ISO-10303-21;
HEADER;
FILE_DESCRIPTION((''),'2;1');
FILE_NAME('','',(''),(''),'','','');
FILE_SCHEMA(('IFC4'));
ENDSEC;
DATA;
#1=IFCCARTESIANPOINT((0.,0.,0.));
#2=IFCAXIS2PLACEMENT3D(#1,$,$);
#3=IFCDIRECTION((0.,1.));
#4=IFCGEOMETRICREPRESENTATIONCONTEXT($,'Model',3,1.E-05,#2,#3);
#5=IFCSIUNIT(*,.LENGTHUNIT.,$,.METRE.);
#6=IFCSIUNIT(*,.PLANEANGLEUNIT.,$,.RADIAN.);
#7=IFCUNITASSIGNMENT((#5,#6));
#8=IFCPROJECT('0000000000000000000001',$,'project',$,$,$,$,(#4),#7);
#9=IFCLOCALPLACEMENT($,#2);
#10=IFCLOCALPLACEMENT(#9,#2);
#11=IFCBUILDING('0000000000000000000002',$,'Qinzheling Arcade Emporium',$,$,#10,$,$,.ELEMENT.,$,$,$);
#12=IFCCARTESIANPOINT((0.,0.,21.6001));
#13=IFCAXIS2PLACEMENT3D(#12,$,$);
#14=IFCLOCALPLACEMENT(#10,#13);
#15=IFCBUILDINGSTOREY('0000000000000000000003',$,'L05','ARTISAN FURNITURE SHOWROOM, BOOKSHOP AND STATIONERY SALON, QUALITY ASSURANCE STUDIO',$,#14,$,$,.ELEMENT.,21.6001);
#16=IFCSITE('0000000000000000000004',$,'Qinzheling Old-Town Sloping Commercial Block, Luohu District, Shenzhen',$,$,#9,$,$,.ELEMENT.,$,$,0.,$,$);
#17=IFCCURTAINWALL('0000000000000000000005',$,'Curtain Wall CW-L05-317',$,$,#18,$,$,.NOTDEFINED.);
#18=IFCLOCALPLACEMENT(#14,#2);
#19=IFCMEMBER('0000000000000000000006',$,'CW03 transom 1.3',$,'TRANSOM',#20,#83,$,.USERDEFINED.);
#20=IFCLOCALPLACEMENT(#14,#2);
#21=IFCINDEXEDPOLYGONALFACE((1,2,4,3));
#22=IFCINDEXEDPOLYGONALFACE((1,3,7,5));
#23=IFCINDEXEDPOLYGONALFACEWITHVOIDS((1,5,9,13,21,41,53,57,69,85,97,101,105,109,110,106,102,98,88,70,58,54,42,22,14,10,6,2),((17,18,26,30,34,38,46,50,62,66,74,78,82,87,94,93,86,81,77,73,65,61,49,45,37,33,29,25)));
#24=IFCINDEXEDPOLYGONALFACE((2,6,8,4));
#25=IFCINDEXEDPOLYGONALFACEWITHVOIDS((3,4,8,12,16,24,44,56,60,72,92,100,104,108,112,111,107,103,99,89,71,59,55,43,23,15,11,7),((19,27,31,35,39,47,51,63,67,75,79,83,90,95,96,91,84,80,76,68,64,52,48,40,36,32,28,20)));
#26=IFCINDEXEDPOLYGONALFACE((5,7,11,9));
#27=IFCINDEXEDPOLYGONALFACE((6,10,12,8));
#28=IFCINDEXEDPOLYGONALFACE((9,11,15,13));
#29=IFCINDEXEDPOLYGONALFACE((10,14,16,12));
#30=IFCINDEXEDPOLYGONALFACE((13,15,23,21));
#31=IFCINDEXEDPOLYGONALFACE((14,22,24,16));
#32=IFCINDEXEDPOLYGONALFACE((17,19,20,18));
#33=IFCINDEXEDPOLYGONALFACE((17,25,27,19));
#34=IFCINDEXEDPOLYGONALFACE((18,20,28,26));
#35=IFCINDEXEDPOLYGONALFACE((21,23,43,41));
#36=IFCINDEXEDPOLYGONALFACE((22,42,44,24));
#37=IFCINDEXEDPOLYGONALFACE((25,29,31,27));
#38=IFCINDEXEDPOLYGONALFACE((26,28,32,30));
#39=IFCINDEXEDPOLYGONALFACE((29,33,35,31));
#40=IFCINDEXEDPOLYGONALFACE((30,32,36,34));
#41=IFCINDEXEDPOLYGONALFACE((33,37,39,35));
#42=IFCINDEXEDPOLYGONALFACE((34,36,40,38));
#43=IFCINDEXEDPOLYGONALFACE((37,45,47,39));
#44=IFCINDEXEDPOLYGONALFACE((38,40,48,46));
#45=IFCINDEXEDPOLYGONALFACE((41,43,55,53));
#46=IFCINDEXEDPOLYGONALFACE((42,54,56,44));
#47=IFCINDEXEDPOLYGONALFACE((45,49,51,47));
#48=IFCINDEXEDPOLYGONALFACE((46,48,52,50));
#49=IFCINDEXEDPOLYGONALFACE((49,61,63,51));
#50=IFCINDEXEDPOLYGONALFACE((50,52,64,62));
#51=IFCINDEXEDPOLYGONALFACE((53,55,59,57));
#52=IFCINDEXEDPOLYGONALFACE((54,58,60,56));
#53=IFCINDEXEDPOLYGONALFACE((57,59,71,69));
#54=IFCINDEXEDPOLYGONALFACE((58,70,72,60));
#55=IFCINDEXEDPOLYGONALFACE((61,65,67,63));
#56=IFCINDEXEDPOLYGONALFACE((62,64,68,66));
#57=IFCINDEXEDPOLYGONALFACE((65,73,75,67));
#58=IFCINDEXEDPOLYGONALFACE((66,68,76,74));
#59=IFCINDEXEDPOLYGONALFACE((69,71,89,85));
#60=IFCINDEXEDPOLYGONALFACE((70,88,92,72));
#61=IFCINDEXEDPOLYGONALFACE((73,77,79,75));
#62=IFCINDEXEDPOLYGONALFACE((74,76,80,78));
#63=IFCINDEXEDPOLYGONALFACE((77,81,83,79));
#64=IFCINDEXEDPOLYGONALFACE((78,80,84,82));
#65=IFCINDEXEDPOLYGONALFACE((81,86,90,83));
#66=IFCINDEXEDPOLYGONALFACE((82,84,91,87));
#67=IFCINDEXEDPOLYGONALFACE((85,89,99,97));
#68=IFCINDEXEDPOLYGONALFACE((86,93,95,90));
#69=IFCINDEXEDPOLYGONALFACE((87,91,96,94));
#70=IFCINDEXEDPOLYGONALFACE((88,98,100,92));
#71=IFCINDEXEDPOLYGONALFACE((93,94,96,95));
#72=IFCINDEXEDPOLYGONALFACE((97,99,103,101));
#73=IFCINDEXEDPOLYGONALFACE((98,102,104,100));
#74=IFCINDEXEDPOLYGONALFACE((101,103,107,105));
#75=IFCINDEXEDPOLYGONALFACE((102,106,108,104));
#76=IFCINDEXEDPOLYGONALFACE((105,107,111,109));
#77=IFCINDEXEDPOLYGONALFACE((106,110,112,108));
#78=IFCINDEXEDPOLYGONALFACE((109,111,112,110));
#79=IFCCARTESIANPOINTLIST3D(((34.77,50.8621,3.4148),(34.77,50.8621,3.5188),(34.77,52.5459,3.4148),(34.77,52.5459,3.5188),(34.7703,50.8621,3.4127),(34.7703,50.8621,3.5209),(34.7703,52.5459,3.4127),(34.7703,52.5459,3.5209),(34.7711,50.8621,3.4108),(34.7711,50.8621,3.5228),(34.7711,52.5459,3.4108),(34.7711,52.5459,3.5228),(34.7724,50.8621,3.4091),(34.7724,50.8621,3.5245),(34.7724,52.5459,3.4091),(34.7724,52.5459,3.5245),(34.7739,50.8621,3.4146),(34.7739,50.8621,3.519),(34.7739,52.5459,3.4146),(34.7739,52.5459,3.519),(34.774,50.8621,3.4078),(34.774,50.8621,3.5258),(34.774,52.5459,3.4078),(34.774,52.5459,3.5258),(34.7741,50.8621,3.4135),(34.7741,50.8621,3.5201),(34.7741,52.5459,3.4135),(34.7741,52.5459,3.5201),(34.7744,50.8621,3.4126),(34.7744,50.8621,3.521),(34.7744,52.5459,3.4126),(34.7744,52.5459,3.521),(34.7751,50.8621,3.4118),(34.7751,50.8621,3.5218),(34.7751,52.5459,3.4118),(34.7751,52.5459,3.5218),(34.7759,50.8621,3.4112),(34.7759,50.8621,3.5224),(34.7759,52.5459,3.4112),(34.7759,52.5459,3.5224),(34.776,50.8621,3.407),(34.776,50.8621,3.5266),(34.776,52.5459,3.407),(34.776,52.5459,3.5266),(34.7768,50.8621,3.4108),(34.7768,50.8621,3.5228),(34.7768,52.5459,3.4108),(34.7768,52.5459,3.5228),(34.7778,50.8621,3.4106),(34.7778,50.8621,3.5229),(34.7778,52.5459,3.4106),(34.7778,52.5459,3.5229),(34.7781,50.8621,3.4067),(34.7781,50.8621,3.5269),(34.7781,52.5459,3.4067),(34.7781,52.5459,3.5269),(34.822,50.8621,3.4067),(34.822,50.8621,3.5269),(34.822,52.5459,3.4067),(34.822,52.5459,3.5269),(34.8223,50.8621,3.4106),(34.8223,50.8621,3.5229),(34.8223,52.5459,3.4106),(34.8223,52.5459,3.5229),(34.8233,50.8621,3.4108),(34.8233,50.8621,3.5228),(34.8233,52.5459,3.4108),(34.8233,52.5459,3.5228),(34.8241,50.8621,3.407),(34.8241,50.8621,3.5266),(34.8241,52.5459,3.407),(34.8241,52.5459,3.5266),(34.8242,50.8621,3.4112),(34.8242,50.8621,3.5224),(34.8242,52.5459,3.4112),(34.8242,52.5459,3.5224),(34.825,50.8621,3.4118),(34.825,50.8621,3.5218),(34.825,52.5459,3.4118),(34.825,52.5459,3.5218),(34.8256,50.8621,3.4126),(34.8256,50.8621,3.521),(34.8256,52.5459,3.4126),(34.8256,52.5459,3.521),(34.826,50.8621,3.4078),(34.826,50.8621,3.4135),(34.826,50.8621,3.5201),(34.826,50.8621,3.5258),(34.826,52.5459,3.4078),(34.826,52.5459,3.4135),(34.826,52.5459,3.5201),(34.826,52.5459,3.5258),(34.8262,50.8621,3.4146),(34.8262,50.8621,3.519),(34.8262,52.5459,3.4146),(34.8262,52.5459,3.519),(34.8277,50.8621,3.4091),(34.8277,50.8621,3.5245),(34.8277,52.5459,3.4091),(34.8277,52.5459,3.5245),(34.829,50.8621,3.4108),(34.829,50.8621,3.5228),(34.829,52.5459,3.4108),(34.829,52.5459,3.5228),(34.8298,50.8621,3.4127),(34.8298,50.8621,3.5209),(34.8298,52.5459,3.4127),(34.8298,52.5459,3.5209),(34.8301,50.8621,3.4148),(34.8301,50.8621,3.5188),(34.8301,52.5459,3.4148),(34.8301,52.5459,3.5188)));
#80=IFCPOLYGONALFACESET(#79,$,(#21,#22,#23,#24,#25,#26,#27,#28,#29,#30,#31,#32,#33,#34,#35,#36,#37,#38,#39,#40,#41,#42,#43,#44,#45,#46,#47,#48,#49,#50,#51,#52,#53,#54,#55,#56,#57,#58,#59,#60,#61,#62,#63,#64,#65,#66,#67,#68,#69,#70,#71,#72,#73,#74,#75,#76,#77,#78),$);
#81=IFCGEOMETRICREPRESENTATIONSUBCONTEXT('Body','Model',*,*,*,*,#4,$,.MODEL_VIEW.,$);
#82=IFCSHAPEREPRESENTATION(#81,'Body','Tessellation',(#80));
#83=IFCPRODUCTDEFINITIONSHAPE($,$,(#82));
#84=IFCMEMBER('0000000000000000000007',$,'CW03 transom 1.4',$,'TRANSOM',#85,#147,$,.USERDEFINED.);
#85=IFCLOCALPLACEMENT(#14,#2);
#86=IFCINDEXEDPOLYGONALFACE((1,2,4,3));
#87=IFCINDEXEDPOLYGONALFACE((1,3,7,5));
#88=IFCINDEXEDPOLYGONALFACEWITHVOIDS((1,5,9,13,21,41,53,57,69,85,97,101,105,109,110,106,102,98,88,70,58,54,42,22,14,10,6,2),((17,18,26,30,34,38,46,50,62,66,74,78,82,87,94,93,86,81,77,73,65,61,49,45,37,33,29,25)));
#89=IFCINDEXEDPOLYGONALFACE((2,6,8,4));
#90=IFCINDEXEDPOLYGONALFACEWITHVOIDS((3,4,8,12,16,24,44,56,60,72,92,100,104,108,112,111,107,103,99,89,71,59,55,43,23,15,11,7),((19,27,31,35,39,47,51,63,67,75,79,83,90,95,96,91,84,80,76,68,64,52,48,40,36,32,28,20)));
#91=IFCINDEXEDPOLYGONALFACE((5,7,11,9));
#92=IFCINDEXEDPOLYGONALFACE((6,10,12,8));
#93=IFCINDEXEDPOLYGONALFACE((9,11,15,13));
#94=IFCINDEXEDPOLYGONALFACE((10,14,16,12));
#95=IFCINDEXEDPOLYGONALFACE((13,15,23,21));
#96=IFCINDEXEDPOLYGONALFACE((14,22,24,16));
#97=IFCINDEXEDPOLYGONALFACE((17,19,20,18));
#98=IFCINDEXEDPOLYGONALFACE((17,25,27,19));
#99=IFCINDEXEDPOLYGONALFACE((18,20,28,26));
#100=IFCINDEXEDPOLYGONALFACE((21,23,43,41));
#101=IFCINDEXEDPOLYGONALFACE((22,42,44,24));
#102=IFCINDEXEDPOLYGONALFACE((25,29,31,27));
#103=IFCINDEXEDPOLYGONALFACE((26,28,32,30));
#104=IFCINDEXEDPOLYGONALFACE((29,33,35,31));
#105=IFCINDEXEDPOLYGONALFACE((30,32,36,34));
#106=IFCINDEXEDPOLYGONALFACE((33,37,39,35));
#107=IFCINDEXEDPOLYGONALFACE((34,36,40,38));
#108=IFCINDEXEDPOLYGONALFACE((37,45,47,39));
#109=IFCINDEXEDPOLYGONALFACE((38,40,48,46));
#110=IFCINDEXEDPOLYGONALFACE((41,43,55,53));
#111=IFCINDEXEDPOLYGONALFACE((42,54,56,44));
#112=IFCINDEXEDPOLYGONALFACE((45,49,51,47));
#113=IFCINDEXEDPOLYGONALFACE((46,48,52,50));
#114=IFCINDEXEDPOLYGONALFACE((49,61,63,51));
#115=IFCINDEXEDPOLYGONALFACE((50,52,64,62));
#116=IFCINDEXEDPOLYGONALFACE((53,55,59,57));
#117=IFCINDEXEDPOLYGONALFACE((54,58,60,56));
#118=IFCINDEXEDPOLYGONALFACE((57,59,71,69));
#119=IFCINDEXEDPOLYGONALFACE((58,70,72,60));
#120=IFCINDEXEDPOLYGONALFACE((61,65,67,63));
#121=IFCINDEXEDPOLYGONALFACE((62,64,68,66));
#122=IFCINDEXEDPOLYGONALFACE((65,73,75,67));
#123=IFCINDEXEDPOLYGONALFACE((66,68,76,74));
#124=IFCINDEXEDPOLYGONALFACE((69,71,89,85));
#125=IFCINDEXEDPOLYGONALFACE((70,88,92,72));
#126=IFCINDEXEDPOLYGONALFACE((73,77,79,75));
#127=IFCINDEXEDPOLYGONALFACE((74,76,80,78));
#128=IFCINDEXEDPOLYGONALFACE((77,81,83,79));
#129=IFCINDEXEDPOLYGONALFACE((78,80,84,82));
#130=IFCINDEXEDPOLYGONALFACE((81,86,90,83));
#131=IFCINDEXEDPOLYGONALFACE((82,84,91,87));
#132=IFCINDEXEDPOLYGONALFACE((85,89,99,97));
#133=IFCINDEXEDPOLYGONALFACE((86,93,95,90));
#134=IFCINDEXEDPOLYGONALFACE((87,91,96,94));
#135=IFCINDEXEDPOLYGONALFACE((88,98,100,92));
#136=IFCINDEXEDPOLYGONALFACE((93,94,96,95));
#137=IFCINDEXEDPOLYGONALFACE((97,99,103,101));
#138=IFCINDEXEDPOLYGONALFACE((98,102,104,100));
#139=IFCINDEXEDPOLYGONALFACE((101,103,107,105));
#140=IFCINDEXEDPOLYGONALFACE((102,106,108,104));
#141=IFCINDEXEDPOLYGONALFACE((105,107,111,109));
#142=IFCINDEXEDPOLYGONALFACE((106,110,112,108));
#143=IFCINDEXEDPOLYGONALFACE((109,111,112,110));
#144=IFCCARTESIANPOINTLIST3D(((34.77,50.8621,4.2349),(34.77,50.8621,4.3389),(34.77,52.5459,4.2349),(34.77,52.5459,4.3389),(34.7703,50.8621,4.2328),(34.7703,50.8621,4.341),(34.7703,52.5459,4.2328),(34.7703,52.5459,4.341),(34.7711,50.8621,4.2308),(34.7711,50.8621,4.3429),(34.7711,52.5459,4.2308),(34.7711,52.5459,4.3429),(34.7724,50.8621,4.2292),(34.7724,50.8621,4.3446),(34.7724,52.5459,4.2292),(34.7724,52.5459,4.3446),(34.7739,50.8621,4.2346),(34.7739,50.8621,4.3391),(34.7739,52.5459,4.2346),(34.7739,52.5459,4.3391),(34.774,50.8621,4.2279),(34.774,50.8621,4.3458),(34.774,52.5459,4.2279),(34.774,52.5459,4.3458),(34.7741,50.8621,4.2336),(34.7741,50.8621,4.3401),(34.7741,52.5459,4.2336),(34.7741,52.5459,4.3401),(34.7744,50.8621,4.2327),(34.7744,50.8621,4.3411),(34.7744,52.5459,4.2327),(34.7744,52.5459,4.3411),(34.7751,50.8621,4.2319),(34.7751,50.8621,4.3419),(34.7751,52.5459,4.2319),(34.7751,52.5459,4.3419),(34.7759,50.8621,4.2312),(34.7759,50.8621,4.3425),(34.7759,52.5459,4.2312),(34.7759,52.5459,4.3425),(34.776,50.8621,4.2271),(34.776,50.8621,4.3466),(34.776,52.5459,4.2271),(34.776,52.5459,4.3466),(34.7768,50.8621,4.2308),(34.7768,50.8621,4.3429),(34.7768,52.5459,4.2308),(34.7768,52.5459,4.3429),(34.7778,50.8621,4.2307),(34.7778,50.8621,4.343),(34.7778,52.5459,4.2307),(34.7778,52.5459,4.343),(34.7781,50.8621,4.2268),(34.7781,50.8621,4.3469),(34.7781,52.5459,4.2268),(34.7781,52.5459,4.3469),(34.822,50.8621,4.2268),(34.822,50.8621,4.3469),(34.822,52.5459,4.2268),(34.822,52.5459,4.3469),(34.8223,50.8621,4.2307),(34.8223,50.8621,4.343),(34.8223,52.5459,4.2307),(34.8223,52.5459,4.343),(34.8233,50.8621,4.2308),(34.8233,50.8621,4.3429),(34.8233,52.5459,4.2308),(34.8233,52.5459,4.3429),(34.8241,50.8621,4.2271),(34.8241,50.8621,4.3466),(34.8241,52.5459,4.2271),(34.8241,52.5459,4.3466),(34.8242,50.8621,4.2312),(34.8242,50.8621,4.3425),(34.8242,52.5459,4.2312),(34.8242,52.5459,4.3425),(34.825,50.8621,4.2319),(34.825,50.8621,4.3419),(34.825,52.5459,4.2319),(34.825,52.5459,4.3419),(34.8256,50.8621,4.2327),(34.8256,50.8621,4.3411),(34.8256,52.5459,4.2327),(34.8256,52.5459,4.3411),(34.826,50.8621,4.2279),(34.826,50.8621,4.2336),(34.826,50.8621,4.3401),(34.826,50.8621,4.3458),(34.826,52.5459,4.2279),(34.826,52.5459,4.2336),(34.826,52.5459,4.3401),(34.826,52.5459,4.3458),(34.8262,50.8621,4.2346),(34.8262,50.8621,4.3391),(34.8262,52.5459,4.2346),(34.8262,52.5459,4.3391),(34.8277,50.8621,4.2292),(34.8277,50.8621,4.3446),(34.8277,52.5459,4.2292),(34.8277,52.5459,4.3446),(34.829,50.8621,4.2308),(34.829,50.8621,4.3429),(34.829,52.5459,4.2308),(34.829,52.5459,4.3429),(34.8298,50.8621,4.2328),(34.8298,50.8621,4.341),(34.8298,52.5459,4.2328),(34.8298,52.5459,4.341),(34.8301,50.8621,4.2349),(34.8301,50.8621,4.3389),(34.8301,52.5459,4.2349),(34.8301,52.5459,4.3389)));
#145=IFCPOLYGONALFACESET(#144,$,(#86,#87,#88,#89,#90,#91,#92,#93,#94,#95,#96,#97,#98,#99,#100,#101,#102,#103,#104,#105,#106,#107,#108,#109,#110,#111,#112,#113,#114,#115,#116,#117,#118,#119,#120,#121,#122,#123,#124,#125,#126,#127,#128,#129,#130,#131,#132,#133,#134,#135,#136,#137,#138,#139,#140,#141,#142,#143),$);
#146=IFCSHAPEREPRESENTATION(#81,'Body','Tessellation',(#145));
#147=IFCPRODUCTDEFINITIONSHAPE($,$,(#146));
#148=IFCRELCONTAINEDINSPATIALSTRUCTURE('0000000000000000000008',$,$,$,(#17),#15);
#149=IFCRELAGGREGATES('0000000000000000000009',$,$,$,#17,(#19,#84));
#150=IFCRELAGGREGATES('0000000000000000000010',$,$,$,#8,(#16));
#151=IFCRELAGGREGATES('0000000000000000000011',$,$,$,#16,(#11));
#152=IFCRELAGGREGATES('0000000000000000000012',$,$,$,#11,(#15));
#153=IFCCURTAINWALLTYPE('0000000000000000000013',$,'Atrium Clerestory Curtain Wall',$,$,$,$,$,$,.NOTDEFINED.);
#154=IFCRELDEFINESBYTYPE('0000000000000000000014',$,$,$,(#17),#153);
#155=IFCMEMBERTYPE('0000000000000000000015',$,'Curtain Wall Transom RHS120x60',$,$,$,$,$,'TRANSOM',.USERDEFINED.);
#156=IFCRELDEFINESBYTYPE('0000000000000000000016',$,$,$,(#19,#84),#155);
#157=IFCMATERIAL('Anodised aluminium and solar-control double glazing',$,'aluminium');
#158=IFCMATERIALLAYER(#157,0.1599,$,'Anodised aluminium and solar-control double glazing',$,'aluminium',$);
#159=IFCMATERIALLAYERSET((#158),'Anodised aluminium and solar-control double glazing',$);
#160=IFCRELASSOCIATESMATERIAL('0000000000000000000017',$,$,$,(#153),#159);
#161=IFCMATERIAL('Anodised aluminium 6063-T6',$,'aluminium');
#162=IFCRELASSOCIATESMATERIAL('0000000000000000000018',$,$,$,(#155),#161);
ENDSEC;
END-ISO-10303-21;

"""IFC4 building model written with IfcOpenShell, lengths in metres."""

from ifc_helpers import new_model, si_unit, direction, frame, origin, origin_2d, place, context, subcontext, project, spatial, hollow_rectangle, extrude, material, layer, layer_set, material_profile, profile_set, type_object, element, aggregate, save


model = new_model("IFC4")

# Units and contexts
model_context = context("Model", 3, precision=1e-05, world=origin(), true_north=direction((0.0, 1.0)))
body_context = subcontext(model_context, "Body", "Model", "MODEL_VIEW")
ifc_project = project(units=[si_unit("LENGTHUNIT", "METRE"), si_unit("PLANEANGLEUNIT", "RADIAN")], contexts=[model_context])

# Site, building, storey
site_placement = place(None, origin())
site = spatial("IfcSite", under=ifc_project, at=site_placement, Name="Qinzheling Old-Town Sloping Commercial Block, Luohu District, Shenzhen", CompositionType="ELEMENT", RefElevation=0.0)
building_placement = place(site_placement, origin())
building = spatial("IfcBuilding", under=site, at=building_placement, Name="Qinzheling Arcade Emporium", CompositionType="ELEMENT")
storey_placement = place(building_placement, frame((0.0, 0.0, 21.6001)))
storey = spatial("IfcBuildingStorey", under=building, at=storey_placement, Name="L05", Description="ARTISAN FURNITURE SHOWROOM, BOOKSHOP AND STATIONERY SALON, QUALITY ASSURANCE STUDIO", CompositionType="ELEMENT", Elevation=21.6001)

# Curtain wall
ifc_material_1 = material(Name="Anodised aluminium and solar-control double glazing", Category="aluminium")
ifc_layer_1 = layer(ifc_material_1, 0.1599, Name="Anodised aluminium and solar-control double glazing", Category="aluminium")
ifc_layer_set_1 = layer_set([ifc_layer_1], Name="Anodised aluminium and solar-control double glazing")
curtain_wall_type = type_object("IfcCurtainWallType", Name="Atrium Clerestory Curtain Wall", PredefinedType="NOTDEFINED", material=ifc_layer_set_1)
ifc_material_2 = material(Name="Anodised aluminium 6063-T6", Category="aluminium")
curtain_wall_1_placement = place(storey_placement, origin())
curtain_wall_1 = element("IfcCurtainWall", 1, at=curtain_wall_1_placement, inside=storey, type_object=curtain_wall_type, Name="Curtain Wall CW-L05-317", PredefinedType="NOTDEFINED")

# Members
ifc_material_profile_1 = material_profile(ifc_material_2, hollow_rectangle(XDim=0.0601, YDim=0.1201, WallThickness=0.0039, InnerFilletRadius=0.0039, OuterFilletRadius=0.0081, at=origin_2d()), Name="RHS 120x60x4", Category="aluminium")
ifc_profile_set_1 = profile_set([ifc_material_profile_1], Name="Anodised aluminium 6063-T6")
member_type_1 = type_object("IfcMemberType", Name="Curtain Wall Transom RHS120x60", ElementType="TRANSOM", PredefinedType="USERDEFINED", material=ifc_profile_set_1)
member_1_placement = place(storey_placement, frame((34.8, 50.8621, 3.4668), z_axis=(0.0, 1.0, 0.0), x_axis=(-1.0, 0.0, 0.0)))
member_1 = element("IfcMember", 2, at=member_1_placement, type_object=member_type_1, Name="CW03 transom 1.3", ObjectType="TRANSOM", PredefinedType="USERDEFINED", context=body_context, shape_type="SweptSolid", body=[
    extrude(hollow_rectangle(XDim=0.0601, YDim=0.1201, WallThickness=0.0039, InnerFilletRadius=0.0039, OuterFilletRadius=0.0081, at=origin_2d()), origin(), (0.0, 0.0, 1.0), 1.6838),
])
member_2_placement = place(storey_placement, frame((34.8, 50.8621, 4.2869), z_axis=(0.0, 1.0, 0.0), x_axis=(-1.0, 0.0, 0.0)))
member_2 = element("IfcMember", 3, at=member_2_placement, type_object=member_type_1, Name="CW03 transom 1.4", ObjectType="TRANSOM", PredefinedType="USERDEFINED", context=body_context, shape_type="SweptSolid", body=[
    extrude(hollow_rectangle(XDim=0.0601, YDim=0.1201, WallThickness=0.0039, InnerFilletRadius=0.0039, OuterFilletRadius=0.0081, at=origin_2d()), origin(), (0.0, 0.0, 1.0), 1.6838),
])

aggregate(curtain_wall_1, [member_1, member_2])

save(model, "model.ifc")
